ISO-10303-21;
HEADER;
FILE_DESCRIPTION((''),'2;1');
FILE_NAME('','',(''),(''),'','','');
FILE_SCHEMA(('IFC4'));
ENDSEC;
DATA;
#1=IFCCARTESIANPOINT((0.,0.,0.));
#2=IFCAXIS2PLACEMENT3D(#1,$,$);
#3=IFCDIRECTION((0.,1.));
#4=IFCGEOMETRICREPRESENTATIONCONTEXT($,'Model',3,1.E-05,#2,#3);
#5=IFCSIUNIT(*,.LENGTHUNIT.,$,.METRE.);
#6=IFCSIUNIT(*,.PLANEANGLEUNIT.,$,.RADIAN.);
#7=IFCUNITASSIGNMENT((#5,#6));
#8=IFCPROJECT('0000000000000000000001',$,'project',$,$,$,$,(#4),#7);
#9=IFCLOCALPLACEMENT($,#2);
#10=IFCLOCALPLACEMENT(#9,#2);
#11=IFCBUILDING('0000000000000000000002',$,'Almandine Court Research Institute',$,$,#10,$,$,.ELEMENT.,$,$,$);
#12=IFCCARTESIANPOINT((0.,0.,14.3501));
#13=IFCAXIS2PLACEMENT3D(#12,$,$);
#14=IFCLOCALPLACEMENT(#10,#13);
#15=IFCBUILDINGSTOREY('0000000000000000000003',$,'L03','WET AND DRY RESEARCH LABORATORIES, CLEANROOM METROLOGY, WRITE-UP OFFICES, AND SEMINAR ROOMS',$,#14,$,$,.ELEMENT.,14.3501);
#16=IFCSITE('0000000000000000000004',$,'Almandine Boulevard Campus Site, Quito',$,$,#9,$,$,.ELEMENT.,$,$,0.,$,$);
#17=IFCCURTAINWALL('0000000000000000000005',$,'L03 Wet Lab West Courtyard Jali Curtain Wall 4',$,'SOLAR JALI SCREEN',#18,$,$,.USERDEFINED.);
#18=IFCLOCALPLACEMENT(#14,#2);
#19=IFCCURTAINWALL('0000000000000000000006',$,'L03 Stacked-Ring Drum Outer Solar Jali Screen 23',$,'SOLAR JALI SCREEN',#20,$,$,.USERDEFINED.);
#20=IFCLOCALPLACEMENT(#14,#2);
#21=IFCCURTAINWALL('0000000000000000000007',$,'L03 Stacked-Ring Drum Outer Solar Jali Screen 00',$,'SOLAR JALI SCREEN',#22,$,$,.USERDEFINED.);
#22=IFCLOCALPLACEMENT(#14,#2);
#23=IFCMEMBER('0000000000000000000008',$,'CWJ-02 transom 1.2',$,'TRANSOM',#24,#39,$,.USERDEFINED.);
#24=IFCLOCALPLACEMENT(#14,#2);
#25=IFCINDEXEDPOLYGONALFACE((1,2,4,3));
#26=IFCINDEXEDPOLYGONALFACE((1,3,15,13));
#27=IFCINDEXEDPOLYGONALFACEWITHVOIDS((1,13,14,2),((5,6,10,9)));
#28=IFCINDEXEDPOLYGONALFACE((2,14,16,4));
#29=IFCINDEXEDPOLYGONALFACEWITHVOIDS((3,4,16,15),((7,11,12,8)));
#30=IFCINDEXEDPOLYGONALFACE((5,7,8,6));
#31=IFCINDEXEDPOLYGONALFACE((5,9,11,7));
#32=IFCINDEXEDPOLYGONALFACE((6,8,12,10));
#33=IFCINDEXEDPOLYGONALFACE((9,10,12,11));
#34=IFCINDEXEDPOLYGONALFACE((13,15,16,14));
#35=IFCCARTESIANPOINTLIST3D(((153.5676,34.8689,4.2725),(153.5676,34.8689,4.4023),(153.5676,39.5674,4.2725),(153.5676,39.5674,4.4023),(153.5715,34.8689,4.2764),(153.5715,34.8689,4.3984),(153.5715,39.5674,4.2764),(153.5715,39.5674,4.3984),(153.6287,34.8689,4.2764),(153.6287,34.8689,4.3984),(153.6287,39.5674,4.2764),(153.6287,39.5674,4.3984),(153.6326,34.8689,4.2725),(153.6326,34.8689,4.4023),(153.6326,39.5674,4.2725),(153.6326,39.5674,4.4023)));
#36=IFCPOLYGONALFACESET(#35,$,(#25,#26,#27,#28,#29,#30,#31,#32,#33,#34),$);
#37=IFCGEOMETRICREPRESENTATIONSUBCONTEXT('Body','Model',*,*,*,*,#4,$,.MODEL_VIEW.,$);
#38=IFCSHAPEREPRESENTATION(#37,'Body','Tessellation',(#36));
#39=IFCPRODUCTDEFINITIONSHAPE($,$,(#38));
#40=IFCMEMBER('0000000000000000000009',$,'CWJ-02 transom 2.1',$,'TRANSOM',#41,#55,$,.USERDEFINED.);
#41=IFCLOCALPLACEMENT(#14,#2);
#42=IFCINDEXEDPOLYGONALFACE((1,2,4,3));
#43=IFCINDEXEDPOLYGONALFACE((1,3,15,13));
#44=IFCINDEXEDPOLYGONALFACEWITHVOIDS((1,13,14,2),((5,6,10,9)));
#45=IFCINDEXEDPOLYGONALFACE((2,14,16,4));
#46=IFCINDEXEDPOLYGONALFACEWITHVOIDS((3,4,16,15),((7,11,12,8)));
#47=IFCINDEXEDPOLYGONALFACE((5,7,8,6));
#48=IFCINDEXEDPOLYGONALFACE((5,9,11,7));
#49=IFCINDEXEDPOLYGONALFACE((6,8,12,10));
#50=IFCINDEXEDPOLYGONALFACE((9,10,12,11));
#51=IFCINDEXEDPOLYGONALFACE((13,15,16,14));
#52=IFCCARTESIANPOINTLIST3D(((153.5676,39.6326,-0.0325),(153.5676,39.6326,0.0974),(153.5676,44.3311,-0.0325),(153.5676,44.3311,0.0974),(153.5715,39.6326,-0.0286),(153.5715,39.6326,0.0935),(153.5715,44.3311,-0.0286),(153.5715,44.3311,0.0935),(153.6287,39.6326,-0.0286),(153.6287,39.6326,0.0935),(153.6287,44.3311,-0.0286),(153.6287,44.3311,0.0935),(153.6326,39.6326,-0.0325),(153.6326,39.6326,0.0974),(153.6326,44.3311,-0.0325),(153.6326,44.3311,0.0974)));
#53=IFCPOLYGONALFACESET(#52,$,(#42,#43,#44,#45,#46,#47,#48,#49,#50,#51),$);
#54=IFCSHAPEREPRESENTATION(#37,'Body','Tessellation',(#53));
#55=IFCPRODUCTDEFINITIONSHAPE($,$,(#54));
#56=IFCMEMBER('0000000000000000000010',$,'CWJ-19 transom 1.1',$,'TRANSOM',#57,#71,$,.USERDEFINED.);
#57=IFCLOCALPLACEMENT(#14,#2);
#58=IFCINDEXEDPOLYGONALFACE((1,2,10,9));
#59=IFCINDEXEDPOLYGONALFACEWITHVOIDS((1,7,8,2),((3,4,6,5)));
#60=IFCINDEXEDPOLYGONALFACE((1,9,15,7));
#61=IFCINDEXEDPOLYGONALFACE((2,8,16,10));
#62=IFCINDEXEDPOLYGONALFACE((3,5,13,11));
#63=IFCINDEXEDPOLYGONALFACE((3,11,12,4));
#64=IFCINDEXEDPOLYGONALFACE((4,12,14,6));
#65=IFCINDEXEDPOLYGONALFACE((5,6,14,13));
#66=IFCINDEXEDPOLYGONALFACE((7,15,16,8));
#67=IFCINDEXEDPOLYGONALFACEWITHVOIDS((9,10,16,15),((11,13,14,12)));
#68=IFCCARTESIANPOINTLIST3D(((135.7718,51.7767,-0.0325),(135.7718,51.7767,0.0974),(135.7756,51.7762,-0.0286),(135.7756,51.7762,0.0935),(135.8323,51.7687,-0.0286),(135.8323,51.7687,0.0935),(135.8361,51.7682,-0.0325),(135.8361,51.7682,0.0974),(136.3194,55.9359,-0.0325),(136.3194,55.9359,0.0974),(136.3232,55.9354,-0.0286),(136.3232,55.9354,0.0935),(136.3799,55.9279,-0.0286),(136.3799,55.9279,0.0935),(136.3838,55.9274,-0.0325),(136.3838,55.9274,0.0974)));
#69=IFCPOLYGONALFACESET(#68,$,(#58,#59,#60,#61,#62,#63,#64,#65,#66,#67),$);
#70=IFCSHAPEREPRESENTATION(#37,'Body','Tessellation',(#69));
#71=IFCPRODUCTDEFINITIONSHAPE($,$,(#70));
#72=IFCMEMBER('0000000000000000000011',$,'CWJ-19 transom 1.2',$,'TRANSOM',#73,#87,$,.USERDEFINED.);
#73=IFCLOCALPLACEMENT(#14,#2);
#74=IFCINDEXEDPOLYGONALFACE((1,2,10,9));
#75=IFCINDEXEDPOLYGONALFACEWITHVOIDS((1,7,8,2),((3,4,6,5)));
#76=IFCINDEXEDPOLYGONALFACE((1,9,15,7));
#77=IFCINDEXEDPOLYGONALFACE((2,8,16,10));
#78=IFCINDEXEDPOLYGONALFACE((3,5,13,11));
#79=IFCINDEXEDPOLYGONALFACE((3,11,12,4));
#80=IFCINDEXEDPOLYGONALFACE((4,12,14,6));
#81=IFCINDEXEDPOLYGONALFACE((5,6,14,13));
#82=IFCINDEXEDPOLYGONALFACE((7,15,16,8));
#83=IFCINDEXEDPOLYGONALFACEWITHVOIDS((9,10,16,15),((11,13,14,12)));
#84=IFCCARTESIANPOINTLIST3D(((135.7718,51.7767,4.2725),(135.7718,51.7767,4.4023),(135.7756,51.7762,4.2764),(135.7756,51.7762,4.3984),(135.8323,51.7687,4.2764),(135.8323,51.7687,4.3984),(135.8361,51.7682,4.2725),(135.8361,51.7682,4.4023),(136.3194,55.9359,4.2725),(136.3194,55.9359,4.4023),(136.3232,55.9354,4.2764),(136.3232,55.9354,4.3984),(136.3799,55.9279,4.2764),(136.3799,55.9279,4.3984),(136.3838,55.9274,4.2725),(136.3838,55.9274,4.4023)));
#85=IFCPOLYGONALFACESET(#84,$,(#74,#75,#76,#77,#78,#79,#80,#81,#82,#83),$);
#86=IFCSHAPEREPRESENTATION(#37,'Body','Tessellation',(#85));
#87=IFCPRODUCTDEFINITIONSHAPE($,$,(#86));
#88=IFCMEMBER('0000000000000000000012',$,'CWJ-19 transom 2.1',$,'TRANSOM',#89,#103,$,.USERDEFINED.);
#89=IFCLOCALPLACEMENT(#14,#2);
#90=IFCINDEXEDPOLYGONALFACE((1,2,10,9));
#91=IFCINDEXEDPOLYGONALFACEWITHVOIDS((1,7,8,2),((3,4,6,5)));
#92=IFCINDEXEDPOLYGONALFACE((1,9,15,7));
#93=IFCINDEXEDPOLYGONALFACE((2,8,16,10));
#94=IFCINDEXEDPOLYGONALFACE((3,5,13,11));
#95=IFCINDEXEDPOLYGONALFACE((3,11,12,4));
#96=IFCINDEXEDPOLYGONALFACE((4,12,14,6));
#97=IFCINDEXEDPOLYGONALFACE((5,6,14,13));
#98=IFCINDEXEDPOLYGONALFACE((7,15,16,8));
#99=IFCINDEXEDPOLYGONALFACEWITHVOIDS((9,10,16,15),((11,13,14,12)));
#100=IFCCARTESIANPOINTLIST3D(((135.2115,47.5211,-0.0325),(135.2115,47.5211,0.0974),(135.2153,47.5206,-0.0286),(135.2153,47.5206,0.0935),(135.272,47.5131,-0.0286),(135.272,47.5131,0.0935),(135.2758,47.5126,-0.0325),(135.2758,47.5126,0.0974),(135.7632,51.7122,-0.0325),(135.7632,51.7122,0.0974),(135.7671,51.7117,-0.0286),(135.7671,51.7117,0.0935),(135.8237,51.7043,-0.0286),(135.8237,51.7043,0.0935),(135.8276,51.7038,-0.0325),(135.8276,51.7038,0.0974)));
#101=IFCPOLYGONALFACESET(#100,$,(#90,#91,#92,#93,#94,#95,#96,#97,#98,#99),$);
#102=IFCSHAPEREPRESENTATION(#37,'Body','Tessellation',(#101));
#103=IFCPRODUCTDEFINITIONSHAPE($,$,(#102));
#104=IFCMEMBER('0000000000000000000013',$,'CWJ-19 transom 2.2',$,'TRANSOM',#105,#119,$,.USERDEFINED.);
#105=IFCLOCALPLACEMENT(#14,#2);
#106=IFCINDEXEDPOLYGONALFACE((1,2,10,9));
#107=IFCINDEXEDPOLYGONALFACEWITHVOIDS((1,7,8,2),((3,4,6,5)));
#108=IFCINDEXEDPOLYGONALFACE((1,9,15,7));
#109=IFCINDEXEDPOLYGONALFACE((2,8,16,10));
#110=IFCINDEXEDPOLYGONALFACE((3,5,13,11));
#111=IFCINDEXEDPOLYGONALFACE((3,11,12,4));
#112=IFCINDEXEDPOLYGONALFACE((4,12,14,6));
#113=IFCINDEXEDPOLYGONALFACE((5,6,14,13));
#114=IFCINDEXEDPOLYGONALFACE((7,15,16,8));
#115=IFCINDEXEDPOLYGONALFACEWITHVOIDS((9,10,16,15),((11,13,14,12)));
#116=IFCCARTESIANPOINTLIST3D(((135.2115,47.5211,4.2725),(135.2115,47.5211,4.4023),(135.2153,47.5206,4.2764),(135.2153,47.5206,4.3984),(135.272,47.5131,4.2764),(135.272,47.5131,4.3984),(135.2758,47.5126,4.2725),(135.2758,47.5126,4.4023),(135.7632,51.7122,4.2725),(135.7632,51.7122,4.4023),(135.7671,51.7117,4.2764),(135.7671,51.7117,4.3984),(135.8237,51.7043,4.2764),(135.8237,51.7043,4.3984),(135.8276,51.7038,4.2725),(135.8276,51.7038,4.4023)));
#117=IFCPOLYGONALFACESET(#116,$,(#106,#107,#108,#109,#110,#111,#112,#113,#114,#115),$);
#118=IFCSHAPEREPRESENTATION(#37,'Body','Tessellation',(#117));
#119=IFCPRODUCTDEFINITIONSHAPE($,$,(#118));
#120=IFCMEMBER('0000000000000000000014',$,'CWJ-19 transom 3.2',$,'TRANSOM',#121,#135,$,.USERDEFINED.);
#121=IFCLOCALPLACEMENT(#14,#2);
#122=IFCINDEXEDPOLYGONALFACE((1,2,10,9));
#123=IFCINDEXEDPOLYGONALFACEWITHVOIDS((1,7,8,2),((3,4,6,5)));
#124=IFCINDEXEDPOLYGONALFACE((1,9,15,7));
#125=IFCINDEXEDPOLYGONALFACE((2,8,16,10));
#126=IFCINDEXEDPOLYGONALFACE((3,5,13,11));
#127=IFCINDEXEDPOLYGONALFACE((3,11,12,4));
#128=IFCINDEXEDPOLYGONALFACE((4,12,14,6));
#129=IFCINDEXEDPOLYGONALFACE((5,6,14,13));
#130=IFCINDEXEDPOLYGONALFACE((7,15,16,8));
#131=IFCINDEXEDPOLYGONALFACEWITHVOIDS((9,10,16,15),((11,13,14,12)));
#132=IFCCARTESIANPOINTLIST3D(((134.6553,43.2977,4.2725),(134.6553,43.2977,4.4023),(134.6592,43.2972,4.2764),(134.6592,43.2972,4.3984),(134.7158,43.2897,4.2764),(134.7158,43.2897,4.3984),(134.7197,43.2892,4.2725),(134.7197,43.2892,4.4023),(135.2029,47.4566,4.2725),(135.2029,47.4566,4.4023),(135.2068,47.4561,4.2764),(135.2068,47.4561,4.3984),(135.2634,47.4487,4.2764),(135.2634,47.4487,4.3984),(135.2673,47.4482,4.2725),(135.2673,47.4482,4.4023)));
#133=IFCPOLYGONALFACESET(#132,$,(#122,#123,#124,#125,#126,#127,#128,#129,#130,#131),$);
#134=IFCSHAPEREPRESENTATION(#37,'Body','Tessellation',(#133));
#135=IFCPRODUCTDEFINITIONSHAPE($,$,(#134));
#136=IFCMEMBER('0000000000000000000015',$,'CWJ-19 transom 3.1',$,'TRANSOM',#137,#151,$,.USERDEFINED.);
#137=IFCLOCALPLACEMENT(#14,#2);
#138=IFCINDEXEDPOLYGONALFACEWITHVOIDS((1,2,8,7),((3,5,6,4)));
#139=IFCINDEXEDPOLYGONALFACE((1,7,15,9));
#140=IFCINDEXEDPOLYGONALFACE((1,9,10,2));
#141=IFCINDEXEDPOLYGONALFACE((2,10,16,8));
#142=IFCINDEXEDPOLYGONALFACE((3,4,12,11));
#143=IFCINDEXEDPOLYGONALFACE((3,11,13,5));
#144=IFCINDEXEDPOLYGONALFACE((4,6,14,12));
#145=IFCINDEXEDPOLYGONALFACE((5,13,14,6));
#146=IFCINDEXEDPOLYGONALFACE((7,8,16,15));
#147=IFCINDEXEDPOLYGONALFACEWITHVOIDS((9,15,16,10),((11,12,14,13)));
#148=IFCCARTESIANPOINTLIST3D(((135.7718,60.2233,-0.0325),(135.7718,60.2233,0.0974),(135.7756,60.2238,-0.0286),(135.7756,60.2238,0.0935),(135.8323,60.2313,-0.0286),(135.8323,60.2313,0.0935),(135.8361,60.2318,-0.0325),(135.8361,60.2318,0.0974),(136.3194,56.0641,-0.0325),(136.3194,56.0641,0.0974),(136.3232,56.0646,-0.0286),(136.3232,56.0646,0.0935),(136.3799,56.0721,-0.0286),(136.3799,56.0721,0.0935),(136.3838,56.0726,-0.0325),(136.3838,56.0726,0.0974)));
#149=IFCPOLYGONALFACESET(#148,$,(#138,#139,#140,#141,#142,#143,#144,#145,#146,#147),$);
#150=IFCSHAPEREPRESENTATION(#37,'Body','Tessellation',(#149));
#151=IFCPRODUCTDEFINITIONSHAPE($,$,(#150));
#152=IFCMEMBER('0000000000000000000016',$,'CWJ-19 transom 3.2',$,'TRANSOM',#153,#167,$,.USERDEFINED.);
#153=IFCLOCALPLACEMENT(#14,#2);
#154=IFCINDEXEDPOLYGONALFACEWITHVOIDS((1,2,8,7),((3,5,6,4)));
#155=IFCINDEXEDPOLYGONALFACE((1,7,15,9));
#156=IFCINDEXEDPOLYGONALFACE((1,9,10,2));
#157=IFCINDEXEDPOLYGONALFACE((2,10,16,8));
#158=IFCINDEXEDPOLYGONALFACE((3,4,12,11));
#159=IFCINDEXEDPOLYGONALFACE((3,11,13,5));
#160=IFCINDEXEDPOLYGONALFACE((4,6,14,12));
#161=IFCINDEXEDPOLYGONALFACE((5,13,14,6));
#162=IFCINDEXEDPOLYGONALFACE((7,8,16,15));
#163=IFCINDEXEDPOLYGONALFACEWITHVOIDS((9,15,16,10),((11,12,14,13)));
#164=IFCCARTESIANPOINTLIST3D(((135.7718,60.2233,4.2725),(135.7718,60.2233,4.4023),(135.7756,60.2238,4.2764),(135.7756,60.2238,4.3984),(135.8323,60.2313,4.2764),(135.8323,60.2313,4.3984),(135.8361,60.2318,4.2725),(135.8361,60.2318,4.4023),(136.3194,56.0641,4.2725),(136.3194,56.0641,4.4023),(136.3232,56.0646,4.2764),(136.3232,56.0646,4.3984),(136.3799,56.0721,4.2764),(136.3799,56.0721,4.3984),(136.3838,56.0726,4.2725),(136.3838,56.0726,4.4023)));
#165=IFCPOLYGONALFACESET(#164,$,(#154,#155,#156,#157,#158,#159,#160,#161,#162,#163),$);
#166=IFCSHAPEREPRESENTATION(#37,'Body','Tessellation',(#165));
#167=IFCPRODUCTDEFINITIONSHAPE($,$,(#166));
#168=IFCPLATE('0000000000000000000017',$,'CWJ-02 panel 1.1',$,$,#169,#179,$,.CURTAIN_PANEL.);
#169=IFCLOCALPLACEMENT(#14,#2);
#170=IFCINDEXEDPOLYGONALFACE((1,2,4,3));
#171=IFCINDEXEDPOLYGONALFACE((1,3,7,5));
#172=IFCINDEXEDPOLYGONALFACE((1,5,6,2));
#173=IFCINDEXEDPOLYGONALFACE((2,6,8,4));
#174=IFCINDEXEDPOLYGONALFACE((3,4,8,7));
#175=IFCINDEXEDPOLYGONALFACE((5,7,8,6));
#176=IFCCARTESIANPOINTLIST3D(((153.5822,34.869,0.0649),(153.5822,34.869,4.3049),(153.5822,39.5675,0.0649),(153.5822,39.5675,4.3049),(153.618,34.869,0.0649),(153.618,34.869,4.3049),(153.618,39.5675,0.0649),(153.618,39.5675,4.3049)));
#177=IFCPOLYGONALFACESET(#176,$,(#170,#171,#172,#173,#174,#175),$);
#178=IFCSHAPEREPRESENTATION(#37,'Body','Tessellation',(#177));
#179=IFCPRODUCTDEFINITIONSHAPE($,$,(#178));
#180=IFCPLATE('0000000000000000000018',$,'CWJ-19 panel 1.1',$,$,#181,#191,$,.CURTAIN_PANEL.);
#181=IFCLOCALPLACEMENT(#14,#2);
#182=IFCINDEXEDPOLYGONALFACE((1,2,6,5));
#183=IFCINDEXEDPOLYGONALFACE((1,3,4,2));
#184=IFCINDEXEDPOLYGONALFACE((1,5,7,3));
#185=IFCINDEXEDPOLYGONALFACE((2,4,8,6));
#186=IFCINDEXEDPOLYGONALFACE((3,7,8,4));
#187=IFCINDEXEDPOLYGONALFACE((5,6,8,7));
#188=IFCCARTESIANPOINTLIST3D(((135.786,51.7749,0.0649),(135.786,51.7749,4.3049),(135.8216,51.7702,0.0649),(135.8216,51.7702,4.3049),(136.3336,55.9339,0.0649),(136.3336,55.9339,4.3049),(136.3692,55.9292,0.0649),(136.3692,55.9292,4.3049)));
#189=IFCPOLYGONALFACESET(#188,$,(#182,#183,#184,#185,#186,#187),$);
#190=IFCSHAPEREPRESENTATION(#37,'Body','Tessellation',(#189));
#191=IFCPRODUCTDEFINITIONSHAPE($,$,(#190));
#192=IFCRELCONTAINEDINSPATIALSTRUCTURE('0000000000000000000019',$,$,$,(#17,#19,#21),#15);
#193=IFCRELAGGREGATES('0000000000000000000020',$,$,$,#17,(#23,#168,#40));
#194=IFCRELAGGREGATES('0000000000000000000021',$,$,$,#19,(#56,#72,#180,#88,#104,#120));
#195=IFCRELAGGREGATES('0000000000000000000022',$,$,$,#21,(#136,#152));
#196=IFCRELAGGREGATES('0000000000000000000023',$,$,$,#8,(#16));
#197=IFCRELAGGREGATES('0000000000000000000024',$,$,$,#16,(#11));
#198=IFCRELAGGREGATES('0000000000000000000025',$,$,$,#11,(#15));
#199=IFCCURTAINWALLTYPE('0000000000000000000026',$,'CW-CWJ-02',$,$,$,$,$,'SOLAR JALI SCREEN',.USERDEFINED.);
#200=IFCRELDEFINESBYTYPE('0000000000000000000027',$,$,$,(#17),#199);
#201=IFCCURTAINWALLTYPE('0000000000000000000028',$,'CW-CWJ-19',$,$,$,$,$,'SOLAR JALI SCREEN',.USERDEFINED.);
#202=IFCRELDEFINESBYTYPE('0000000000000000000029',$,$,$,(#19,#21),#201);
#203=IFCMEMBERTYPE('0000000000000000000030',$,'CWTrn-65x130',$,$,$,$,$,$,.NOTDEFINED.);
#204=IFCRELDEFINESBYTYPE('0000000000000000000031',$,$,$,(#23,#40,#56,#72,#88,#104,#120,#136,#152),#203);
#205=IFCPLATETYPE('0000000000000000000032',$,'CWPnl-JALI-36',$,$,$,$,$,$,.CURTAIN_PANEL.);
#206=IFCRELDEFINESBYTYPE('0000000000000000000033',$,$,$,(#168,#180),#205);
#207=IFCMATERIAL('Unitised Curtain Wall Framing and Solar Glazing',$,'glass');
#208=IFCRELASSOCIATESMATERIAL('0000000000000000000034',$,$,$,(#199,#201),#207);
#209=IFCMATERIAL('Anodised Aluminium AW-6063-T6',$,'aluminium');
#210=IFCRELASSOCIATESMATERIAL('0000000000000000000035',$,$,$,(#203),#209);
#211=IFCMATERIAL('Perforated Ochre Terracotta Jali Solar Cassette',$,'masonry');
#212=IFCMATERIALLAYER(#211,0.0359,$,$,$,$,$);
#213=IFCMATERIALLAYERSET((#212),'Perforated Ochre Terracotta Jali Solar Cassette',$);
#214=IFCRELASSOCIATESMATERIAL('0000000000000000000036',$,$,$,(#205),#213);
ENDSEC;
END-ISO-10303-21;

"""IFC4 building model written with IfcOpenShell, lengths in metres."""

from ifc_helpers import new_model, si_unit, direction, frame, origin, origin_2d, place, context, subcontext, project, spatial, rectangle, hollow_rectangle, extrude, material, layer, layer_set, material_profile, profile_set, type_object, element, aggregate, save


model = new_model("IFC4")

# Units and contexts
model_context = context("Model", 3, precision=1e-05, world=origin(), true_north=direction((0.0, 1.0)))
body_context = subcontext(model_context, "Body", "Model", "MODEL_VIEW")
ifc_project = project(units=[si_unit("LENGTHUNIT", "METRE"), si_unit("PLANEANGLEUNIT", "RADIAN")], contexts=[model_context])

# Site, building, storey
site_placement = place(None, origin())
site = spatial("IfcSite", under=ifc_project, at=site_placement, Name="Almandine Boulevard Campus Site, Quito", CompositionType="ELEMENT", RefElevation=0.0)
building_placement = place(site_placement, origin())
building = spatial("IfcBuilding", under=site, at=building_placement, Name="Almandine Court Research Institute", CompositionType="ELEMENT")
storey_placement = place(building_placement, frame((0.0, 0.0, 14.3501)))
storey = spatial("IfcBuildingStorey", under=building, at=storey_placement, Name="L03", Description="WET AND DRY RESEARCH LABORATORIES, CLEANROOM METROLOGY, WRITE-UP OFFICES, AND SEMINAR ROOMS", CompositionType="ELEMENT", Elevation=14.3501)

# Curtain walls
ifc_material_1 = material(Name="Unitised Curtain Wall Framing and Solar Glazing", Category="glass")
curtain_wall_type_1 = type_object("IfcCurtainWallType", Name="CW-CWJ-02", ElementType="SOLAR JALI SCREEN", PredefinedType="USERDEFINED", material=ifc_material_1)
curtain_wall_1_placement = place(storey_placement, origin())
curtain_wall_1 = element("IfcCurtainWall", 1, at=curtain_wall_1_placement, inside=storey, type_object=curtain_wall_type_1, Name="L03 Wet Lab West Courtyard Jali Curtain Wall 4", ObjectType="SOLAR JALI SCREEN", PredefinedType="USERDEFINED")
ifc_material_2 = material(Name="Anodised Aluminium AW-6063-T6", Category="aluminium")
curtain_wall_type_2 = type_object("IfcCurtainWallType", Name="CW-CWJ-19", ElementType="SOLAR JALI SCREEN", PredefinedType="USERDEFINED", material=ifc_material_1)
curtain_wall_2_placement = place(storey_placement, origin())
curtain_wall_2 = element("IfcCurtainWall", 2, at=curtain_wall_2_placement, inside=storey, type_object=curtain_wall_type_2, Name="L03 Stacked-Ring Drum Outer Solar Jali Screen 23", ObjectType="SOLAR JALI SCREEN", PredefinedType="USERDEFINED")
curtain_wall_3_placement = place(storey_placement, origin())
curtain_wall_3 = element("IfcCurtainWall", 3, at=curtain_wall_3_placement, inside=storey, type_object=curtain_wall_type_2, Name="L03 Stacked-Ring Drum Outer Solar Jali Screen 00", ObjectType="SOLAR JALI SCREEN", PredefinedType="USERDEFINED")

# Members
ifc_material_profile_1 = material_profile(ifc_material_2, hollow_rectangle(XDim=0.0649, YDim=0.1299, WallThickness=0.0039, at=origin_2d()), Name="ALU RHS 65x130x4")
ifc_profile_set_1 = profile_set([ifc_material_profile_1], Name="Anodised Aluminium AW-6063-T6")
member_type_1 = type_object("IfcMemberType", Name="CWTrn-65x130", PredefinedType="NOTDEFINED", material=ifc_profile_set_1)
member_1_placement = place(storey_placement, frame((153.6001, 34.8689, 4.3374), z_axis=(0.0, 1.0, 0.0), x_axis=(-1.0, 0.0, 0.0)))
member_1 = element("IfcMember", 4, at=member_1_placement, type_object=member_type_1, Name="CWJ-02 transom 1.2", ObjectType="TRANSOM", PredefinedType="USERDEFINED", context=body_context, shape_type="SweptSolid", body=[
    extrude(hollow_rectangle(XDim=0.0649, YDim=0.1299, WallThickness=0.0039, at=origin_2d()), origin(), (0.0, 0.0, 1.0), 4.6985),
])
member_2_placement = place(storey_placement, frame((153.6001, 39.6326, 0.0325), z_axis=(0.0, 1.0, 0.0), x_axis=(-1.0, 0.0, 0.0)))
member_2 = element("IfcMember", 5, at=member_2_placement, type_object=member_type_1, Name="CWJ-02 transom 2.1", ObjectType="TRANSOM", PredefinedType="USERDEFINED", context=body_context, shape_type="SweptSolid", body=[
    extrude(hollow_rectangle(XDim=0.0649, YDim=0.1299, WallThickness=0.0039, at=origin_2d()), origin(), (0.0, 0.0, 1.0), 4.6985),
])
member_3_placement = place(storey_placement, frame((136.3516, 55.9316, 0.0325), z_axis=(-0.130536, -0.991444, 0.0), x_axis=(0.991444, -0.130536, 0.0)))
member_3 = element("IfcMember", 6, at=member_3_placement, type_object=member_type_1, Name="CWJ-19 transom 1.1", ObjectType="TRANSOM", PredefinedType="USERDEFINED", context=body_context, shape_type="SweptSolid", body=[
    extrude(hollow_rectangle(XDim=0.0649, YDim=0.1299, WallThickness=0.0039, at=origin_2d()), origin(), (0.0, 0.0, 1.0), 4.1951),
])
member_4_placement = place(storey_placement, frame((136.3516, 55.9316, 4.3374), z_axis=(-0.130536, -0.991444, 0.0), x_axis=(0.991444, -0.130536, 0.0)))
member_4 = element("IfcMember", 7, at=member_4_placement, type_object=member_type_1, Name="CWJ-19 transom 1.2", ObjectType="TRANSOM", PredefinedType="USERDEFINED", context=body_context, shape_type="SweptSolid", body=[
    extrude(hollow_rectangle(XDim=0.0649, YDim=0.1299, WallThickness=0.0039, at=origin_2d()), origin(), (0.0, 0.0, 1.0), 4.1951),
])
member_5_placement = place(storey_placement, frame((135.7954, 51.708, 0.0325), z_axis=(-0.130522, -0.991445, 0.0), x_axis=(0.991445, -0.130522, 0.0)))
member_5 = element("IfcMember", 8, at=member_5_placement, type_object=member_type_1, Name="CWJ-19 transom 2.1", ObjectType="TRANSOM", PredefinedType="USERDEFINED", context=body_context, shape_type="SweptSolid", body=[
    extrude(hollow_rectangle(XDim=0.0649, YDim=0.1299, WallThickness=0.0039, at=origin_2d()), origin(), (0.0, 0.0, 1.0), 4.2273),
])
member_6_placement = place(storey_placement, frame((135.7954, 51.708, 4.3374), z_axis=(-0.130522, -0.991445, 0.0), x_axis=(0.991445, -0.130522, 0.0)))
member_6 = element("IfcMember", 9, at=member_6_placement, type_object=member_type_1, Name="CWJ-19 transom 2.2", ObjectType="TRANSOM", PredefinedType="USERDEFINED", context=body_context, shape_type="SweptSolid", body=[
    extrude(hollow_rectangle(XDim=0.0649, YDim=0.1299, WallThickness=0.0039, at=origin_2d()), origin(), (0.0, 0.0, 1.0), 4.2273),
])
member_7_placement = place(storey_placement, frame((135.2351, 47.4524, 4.3374), z_axis=(-0.130543, -0.991443, 0.0), x_axis=(0.991443, -0.130543, 0.0)))
member_7 = element("IfcMember", 10, at=member_7_placement, type_object=member_type_1, Name="CWJ-19 transom 3.2", ObjectType="TRANSOM", PredefinedType="USERDEFINED", context=body_context, shape_type="SweptSolid", body=[
    extrude(hollow_rectangle(XDim=0.0649, YDim=0.1299, WallThickness=0.0039, at=origin_2d()), origin(), (0.0, 0.0, 1.0), 4.1948),
])
member_8_placement = place(storey_placement, frame((135.804, 60.2275, 0.0325), z_axis=(0.130536, -0.991444, 0.0), x_axis=(0.991444, 0.130536, 0.0)))
member_8 = element("IfcMember", 11, at=member_8_placement, type_object=member_type_1, Name="CWJ-19 transom 3.1", ObjectType="TRANSOM", PredefinedType="USERDEFINED", context=body_context, shape_type="SweptSolid", body=[
    extrude(hollow_rectangle(XDim=0.0649, YDim=0.1299, WallThickness=0.0039, at=origin_2d()), origin(), (0.0, 0.0, 1.0), 4.1951),
])
member_9_placement = place(storey_placement, frame((135.804, 60.2275, 4.3374), z_axis=(0.130536, -0.991444, 0.0), x_axis=(0.991444, 0.130536, 0.0)))
member_9 = element("IfcMember", 12, at=member_9_placement, type_object=member_type_1, Name="CWJ-19 transom 3.2", ObjectType="TRANSOM", PredefinedType="USERDEFINED", context=body_context, shape_type="SweptSolid", body=[
    extrude(hollow_rectangle(XDim=0.0649, YDim=0.1299, WallThickness=0.0039, at=origin_2d()), origin(), (0.0, 0.0, 1.0), 4.1951),
])

# Plates
ifc_material_3 = material(Name="Perforated Ochre Terracotta Jali Solar Cassette", Category="masonry")
ifc_layer_1 = layer(ifc_material_3, 0.0359)
ifc_layer_set_1 = layer_set([ifc_layer_1], Name="Perforated Ochre Terracotta Jali Solar Cassette")
plate_type = type_object("IfcPlateType", Name="CWPnl-JALI-36", PredefinedType="CURTAIN_PANEL", material=ifc_layer_set_1)
plate_1_placement = place(storey_placement, frame((153.6001, 37.2183, 0.0649), z_axis=(0.0, 0.0, 1.0), x_axis=(0.0, 1.0, 0.0)))
plate_1 = element("IfcPlate", 13, at=plate_1_placement, type_object=plate_type, Name="CWJ-02 panel 1.1", PredefinedType="CURTAIN_PANEL", context=body_context, shape_type="SweptSolid", body=[
    extrude(rectangle(XDim=4.6985, YDim=0.0359, at=origin_2d()), origin(), (0.0, 0.0, 1.0), 4.24),
])
aggregate(curtain_wall_1, [member_1, plate_1, member_2])
plate_2_placement = place(storey_placement, frame((136.0776, 53.8521, 0.0649), z_axis=(0.0, 0.0, 1.0), x_axis=(-0.130541, -0.991443, 0.0)))
plate_2 = element("IfcPlate", 14, at=plate_2_placement, type_object=plate_type, Name="CWJ-19 panel 1.1", PredefinedType="CURTAIN_PANEL", context=body_context, shape_type="SweptSolid", body=[
    extrude(rectangle(XDim=4.1948, YDim=0.0359, at=origin_2d()), origin(), (0.0, 0.0, 1.0), 4.24),
])
aggregate(curtain_wall_2, [member_3, member_4, plate_2, member_5, member_6, member_7])
aggregate(curtain_wall_3, [member_8, member_9])

save(model, "model.ifc")
